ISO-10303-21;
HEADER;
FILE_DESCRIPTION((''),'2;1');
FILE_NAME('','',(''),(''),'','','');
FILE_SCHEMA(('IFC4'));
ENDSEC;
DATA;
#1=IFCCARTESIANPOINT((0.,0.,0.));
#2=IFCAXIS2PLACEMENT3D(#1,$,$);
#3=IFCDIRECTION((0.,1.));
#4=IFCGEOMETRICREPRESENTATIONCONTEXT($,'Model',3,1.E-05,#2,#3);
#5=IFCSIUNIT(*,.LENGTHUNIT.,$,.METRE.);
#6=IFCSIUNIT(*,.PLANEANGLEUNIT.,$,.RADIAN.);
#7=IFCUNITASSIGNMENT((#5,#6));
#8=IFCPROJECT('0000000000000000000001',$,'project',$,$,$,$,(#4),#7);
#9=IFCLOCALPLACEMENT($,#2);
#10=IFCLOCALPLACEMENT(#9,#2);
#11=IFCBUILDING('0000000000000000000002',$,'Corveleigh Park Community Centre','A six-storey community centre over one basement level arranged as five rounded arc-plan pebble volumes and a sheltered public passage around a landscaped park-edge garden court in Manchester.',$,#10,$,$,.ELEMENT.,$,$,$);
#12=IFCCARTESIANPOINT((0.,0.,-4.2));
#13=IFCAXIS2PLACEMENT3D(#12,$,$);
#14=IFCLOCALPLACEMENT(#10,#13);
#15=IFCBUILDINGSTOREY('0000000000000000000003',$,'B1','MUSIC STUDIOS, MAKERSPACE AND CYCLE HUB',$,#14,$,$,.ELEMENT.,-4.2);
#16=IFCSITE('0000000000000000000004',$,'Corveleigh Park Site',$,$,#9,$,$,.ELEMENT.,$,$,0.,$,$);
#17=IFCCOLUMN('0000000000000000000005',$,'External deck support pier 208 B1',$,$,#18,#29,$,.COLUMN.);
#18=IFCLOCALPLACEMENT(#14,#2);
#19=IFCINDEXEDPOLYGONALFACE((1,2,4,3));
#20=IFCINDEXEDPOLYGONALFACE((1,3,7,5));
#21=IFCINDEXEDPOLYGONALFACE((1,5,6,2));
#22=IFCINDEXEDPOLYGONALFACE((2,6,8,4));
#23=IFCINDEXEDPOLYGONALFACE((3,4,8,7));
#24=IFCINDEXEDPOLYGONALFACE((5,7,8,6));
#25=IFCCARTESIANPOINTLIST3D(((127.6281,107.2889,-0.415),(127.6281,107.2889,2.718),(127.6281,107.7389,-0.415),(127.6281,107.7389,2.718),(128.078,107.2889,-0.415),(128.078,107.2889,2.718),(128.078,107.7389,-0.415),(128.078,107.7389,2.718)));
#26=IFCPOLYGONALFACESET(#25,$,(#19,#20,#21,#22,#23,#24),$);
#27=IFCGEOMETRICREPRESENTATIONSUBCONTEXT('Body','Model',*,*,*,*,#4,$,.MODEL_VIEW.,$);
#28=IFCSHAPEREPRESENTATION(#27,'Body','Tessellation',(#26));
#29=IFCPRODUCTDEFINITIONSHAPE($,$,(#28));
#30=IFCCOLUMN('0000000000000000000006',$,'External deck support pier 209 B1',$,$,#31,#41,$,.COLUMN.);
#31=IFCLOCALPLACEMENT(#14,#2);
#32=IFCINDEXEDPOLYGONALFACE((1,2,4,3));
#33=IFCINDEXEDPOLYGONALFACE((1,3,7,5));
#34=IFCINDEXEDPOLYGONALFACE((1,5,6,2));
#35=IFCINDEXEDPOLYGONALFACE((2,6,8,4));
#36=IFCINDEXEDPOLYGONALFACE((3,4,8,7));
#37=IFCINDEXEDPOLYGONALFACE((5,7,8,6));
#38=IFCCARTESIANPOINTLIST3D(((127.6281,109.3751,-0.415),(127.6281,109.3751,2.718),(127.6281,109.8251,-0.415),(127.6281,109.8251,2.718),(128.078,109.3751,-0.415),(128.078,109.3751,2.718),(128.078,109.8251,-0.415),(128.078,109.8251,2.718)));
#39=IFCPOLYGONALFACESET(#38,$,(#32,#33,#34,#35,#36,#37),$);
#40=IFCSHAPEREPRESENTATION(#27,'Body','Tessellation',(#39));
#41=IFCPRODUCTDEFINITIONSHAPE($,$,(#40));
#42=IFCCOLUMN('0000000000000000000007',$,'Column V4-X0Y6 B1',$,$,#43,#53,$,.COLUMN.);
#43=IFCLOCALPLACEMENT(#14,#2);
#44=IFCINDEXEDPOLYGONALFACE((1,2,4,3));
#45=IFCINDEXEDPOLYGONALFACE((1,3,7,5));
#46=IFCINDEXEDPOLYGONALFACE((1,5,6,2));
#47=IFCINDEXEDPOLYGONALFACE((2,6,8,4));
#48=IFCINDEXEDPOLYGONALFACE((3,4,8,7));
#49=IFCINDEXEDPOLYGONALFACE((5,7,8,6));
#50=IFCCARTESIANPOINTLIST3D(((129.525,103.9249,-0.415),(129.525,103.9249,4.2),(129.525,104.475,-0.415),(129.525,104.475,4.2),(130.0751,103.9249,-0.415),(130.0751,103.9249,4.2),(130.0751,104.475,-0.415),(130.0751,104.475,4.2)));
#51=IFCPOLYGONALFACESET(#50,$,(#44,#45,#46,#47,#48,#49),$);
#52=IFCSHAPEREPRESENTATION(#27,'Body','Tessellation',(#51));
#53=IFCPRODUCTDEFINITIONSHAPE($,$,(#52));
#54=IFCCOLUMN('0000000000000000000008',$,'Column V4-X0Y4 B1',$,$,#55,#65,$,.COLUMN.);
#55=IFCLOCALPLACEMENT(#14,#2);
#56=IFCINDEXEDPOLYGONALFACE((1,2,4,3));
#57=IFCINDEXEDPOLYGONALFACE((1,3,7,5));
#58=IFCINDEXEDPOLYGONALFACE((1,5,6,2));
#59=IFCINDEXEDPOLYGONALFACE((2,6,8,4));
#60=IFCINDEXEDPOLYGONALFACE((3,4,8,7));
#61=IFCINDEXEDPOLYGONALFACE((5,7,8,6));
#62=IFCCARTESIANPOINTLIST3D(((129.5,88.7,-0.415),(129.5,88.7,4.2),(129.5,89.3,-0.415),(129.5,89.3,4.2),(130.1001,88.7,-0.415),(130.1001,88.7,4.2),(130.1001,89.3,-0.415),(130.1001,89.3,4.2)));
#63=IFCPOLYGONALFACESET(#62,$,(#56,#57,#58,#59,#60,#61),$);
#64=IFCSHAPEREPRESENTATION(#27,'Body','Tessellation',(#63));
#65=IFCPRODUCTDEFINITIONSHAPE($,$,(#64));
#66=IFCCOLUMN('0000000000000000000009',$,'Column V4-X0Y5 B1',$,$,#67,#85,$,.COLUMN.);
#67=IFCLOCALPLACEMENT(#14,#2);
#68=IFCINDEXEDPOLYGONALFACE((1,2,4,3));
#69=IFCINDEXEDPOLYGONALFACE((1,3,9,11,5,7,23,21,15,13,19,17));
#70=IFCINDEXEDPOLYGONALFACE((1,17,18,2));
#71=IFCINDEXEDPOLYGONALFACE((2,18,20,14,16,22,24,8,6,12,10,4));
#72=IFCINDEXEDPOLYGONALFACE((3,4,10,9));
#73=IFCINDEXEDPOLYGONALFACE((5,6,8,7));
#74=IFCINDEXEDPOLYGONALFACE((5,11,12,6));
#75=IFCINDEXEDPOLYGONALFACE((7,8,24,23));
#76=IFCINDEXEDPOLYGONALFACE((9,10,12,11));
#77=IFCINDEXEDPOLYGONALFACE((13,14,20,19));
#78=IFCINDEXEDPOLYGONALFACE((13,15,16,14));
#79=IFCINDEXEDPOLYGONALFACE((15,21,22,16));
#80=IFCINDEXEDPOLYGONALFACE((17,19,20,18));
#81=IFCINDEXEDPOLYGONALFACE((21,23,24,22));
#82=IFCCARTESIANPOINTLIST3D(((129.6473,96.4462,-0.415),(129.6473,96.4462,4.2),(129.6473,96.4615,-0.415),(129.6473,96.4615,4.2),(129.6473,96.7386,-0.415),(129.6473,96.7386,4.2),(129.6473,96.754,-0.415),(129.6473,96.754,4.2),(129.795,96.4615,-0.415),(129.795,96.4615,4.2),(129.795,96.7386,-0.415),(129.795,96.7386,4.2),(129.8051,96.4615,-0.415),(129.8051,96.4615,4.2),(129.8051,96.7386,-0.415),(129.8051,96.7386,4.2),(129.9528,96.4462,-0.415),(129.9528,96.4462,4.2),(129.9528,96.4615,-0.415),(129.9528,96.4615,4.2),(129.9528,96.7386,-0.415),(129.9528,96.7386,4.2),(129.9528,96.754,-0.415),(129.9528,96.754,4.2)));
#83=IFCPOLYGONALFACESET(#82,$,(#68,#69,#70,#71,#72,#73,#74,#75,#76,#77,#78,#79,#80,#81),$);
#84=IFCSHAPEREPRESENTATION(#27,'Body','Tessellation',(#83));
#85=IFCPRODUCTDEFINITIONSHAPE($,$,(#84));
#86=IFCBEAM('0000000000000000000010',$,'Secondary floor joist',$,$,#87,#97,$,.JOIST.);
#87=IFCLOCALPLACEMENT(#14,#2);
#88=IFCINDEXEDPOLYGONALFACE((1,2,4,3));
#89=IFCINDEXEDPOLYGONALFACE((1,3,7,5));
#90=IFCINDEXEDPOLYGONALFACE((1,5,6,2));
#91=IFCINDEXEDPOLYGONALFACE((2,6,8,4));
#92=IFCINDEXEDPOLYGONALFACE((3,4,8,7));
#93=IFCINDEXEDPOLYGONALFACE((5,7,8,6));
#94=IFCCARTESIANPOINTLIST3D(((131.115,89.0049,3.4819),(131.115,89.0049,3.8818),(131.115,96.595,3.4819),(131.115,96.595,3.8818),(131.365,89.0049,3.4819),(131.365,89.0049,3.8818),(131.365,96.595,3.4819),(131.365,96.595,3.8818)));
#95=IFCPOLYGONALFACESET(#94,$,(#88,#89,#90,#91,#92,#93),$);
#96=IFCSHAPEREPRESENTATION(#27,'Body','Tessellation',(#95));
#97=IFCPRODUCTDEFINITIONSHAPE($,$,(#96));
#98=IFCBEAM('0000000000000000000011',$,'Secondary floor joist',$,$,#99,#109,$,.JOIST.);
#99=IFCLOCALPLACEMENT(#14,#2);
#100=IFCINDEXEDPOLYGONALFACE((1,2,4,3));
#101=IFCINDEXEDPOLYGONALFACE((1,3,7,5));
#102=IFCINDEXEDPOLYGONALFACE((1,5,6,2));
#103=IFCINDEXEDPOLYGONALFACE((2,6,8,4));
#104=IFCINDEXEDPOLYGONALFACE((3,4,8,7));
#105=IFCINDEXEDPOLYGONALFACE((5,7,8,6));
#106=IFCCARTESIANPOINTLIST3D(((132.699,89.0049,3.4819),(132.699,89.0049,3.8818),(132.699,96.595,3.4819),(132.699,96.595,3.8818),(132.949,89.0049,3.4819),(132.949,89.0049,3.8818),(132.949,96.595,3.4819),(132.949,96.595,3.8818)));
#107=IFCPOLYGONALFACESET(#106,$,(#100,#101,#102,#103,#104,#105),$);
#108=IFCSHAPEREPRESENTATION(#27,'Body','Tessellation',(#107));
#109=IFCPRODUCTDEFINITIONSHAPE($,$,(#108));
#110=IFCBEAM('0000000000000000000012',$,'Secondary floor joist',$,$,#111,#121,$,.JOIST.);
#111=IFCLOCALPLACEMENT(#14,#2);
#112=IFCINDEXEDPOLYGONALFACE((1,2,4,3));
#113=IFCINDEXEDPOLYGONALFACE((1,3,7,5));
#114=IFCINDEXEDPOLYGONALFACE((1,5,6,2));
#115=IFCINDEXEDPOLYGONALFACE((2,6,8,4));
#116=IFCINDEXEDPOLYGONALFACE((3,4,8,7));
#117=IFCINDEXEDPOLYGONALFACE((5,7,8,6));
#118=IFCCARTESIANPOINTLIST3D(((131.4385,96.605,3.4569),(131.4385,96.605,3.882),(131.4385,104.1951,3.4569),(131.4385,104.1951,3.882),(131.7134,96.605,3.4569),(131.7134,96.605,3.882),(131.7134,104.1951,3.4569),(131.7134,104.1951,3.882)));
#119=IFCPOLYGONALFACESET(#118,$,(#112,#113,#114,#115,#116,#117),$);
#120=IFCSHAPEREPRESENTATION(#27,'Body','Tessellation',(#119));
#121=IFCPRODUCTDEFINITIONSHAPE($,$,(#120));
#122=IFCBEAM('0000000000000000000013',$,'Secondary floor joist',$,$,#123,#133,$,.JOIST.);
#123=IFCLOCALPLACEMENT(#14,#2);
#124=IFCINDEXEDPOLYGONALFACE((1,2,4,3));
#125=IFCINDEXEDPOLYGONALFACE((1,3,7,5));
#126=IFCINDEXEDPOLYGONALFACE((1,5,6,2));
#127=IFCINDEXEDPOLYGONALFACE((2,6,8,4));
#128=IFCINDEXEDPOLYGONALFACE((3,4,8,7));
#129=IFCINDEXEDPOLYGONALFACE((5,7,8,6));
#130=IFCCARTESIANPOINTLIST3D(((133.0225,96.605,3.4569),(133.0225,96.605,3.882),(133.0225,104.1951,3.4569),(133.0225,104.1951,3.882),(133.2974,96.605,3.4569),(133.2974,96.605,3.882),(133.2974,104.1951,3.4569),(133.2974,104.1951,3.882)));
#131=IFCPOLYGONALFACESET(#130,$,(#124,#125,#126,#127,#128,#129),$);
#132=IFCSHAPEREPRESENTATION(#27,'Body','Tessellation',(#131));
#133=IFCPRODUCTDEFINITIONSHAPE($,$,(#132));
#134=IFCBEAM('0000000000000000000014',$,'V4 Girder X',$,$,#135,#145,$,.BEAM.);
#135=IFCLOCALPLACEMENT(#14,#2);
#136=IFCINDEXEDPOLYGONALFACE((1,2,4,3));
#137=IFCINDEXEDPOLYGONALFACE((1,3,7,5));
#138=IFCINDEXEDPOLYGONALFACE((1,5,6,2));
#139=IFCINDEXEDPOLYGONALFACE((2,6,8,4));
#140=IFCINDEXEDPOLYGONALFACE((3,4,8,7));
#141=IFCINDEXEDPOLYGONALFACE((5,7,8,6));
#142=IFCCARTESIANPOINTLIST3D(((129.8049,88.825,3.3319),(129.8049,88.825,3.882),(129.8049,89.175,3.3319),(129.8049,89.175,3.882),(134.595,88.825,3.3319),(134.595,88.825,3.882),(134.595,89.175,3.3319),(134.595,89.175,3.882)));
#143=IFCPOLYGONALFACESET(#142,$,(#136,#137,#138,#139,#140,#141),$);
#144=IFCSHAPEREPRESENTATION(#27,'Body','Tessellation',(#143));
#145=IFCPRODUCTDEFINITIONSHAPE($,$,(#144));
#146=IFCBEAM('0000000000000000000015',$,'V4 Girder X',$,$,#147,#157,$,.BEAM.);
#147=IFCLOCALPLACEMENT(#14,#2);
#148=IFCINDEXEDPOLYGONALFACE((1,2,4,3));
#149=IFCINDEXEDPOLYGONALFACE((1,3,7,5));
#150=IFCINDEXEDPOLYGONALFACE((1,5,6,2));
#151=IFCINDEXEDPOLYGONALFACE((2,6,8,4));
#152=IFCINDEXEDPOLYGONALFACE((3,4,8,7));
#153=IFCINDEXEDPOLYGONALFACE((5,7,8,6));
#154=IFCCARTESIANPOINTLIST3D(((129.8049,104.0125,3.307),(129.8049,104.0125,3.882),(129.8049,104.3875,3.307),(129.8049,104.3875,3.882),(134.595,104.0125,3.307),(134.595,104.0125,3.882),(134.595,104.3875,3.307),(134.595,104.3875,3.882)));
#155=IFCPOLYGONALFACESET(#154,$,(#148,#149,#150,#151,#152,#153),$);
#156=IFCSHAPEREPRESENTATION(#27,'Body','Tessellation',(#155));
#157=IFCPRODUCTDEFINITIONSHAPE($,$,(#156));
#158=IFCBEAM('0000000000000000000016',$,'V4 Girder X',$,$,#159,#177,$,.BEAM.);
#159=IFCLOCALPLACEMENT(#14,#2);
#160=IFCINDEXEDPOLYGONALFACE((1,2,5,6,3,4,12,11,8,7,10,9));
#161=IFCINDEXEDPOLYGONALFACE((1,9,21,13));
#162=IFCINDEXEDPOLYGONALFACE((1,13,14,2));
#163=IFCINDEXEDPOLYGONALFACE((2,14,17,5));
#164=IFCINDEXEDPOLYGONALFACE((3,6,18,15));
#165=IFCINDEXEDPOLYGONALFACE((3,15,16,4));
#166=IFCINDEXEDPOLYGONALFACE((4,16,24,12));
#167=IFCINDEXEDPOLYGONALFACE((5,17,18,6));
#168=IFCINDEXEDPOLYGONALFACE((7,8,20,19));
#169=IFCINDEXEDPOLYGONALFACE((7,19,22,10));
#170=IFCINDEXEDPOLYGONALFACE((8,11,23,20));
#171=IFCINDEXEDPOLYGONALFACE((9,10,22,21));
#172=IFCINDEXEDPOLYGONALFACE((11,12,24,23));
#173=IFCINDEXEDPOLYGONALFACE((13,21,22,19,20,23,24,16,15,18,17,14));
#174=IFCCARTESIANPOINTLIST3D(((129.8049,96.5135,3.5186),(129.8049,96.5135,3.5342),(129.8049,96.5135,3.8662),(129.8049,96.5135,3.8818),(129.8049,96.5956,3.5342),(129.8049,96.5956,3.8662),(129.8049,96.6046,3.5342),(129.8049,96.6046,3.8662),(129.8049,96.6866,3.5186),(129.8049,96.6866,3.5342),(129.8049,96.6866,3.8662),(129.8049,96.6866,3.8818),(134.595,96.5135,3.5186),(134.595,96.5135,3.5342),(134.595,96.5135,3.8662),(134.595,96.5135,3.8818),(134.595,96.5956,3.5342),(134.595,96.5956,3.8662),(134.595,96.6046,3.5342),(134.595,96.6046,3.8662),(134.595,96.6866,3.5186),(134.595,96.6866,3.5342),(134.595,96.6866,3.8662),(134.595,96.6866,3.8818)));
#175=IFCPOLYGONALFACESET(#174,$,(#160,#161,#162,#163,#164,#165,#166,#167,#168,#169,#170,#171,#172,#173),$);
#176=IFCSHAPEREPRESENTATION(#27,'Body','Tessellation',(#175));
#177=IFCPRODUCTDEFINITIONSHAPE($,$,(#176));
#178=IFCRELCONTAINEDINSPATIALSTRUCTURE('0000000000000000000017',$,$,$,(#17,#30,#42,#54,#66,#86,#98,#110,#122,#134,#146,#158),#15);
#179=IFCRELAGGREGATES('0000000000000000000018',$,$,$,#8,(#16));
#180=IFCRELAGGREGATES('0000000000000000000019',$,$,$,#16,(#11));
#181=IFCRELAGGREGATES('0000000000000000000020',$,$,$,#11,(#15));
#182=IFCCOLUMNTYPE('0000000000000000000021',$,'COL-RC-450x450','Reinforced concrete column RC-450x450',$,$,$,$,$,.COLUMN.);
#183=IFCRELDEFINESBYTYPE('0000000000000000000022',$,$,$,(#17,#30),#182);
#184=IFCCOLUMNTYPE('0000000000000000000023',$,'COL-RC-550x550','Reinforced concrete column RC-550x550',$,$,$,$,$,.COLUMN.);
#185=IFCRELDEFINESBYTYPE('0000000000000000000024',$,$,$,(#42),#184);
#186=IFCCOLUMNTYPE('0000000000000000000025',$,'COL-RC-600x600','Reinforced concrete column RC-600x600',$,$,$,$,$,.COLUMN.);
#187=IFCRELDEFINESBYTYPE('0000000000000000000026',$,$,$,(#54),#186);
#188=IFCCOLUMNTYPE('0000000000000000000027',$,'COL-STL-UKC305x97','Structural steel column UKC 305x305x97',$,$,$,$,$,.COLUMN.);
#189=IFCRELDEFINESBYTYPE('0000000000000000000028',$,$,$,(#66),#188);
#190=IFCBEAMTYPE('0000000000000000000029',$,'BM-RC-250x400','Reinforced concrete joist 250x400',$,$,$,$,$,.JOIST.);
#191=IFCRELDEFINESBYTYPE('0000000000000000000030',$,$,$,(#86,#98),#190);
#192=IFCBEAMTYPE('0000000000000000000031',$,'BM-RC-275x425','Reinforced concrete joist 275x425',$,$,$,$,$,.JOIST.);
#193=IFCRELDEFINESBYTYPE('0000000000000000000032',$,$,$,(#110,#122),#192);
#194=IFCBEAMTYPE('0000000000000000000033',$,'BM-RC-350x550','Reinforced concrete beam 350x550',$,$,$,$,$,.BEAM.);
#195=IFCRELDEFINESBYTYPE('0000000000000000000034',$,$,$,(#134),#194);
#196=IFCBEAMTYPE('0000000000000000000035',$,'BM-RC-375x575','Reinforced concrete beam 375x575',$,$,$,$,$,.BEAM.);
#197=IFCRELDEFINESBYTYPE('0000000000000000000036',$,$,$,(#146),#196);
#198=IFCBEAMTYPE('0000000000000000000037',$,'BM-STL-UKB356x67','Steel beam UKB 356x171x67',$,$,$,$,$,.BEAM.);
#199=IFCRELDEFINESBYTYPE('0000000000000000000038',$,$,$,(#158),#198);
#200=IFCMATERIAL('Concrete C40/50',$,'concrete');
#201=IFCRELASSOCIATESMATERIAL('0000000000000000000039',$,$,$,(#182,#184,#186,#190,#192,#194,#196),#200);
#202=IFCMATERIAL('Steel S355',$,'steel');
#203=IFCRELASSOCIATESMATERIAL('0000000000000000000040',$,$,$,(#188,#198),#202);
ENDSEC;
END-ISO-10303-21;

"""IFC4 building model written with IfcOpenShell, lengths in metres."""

from ifc_helpers import new_model, si_unit, direction, frame, origin, origin_2d, place, context, subcontext, project, spatial, rectangle, i_section, extrude, material, material_profile, profile_set, type_object, element, save


model = new_model("IFC4")

# Units and contexts
model_context = context("Model", 3, precision=1e-05, world=origin(), true_north=direction((0.0, 1.0)))
body_context = subcontext(model_context, "Body", "Model", "MODEL_VIEW")
ifc_project = project(units=[si_unit("LENGTHUNIT", "METRE"), si_unit("PLANEANGLEUNIT", "RADIAN")], contexts=[model_context])

# Site, building, storey
site_placement = place(None, origin())
site = spatial("IfcSite", under=ifc_project, at=site_placement, Name="Corveleigh Park Site", CompositionType="ELEMENT", RefElevation=0.0)
building_placement = place(site_placement, origin())
building = spatial("IfcBuilding", under=site, at=building_placement, Name="Corveleigh Park Community Centre", Description="A six-storey community centre over one basement level arranged as five rounded arc-plan pebble volumes and a sheltered public passage around a landscaped park-edge garden court in Manchester.", CompositionType="ELEMENT")
storey_placement = place(building_placement, frame((0.0, 0.0, -4.2)))
storey = spatial("IfcBuildingStorey", under=building, at=storey_placement, Name="B1", Description="MUSIC STUDIOS, MAKERSPACE AND CYCLE HUB", CompositionType="ELEMENT", Elevation=-4.2)

# Shared definitions
ifc_material_1 = material(Name="Concrete C40/50", Category="concrete")

# Columns
ifc_material_profile_1 = material_profile(ifc_material_1, rectangle(XDim=0.45, YDim=0.45, at=origin_2d()), Name="RC-450x450", Category="concrete")
ifc_profile_set_1 = profile_set([ifc_material_profile_1], Name="Concrete C40/50")
column_type_1 = type_object("IfcColumnType", Name="COL-RC-450x450", Description="Reinforced concrete column RC-450x450", PredefinedType="COLUMN", material=ifc_profile_set_1)
for number, where, z_axis, x_axis, name in (
    (1, (127.853, 107.5139, -0.415), (0.0, 0.0, 1.0), (1.0, 0.0, 0.0), "External deck support pier 208 B1"),
    (2, (127.853, 109.6001, -0.415), (0.0, 0.0, 1.0), (1.0, 0.0, 0.0), "External deck support pier 209 B1"),
):
    element("IfcColumn", number, at=place(storey_placement, frame(where, z_axis=z_axis, x_axis=x_axis)), inside=storey, type_object=column_type_1, Name=name, PredefinedType="COLUMN", context=body_context, shape_type="SweptSolid", body=[
        extrude(rectangle(XDim=0.45, YDim=0.45, at=origin_2d()), origin(), (0.0, 0.0, 1.0), 3.1331),
    ])
ifc_material_profile_2 = material_profile(ifc_material_1, rectangle(XDim=0.55, YDim=0.55, at=origin_2d()), Name="RC-550x550", Category="concrete")
ifc_profile_set_2 = profile_set([ifc_material_profile_2], Name="Concrete C40/50")
column_type_2 = type_object("IfcColumnType", Name="COL-RC-550x550", Description="Reinforced concrete column RC-550x550", PredefinedType="COLUMN", material=ifc_profile_set_2)
column_1_placement = place(storey_placement, frame((129.8, 104.2, -0.415), z_axis=(0.0, 0.0, 1.0), x_axis=(1.0, 0.0, 0.0)))
element("IfcColumn", 3, at=column_1_placement, inside=storey, type_object=column_type_2, Name="Column V4-X0Y6 B1", PredefinedType="COLUMN", context=body_context, shape_type="SweptSolid", body=[
    extrude(rectangle(XDim=0.55, YDim=0.55, at=origin_2d()), origin(), (0.0, 0.0, 1.0), 4.615),
])
ifc_material_profile_3 = material_profile(ifc_material_1, rectangle(XDim=0.6001, YDim=0.6001, at=origin_2d()), Name="RC-600x600", Category="concrete")
ifc_profile_set_3 = profile_set([ifc_material_profile_3], Name="Concrete C40/50")
column_type_3 = type_object("IfcColumnType", Name="COL-RC-600x600", Description="Reinforced concrete column RC-600x600", PredefinedType="COLUMN", material=ifc_profile_set_3)
column_2_placement = place(storey_placement, frame((129.8, 89.0, -0.415), z_axis=(0.0, 0.0, 1.0), x_axis=(1.0, 0.0, 0.0)))
element("IfcColumn", 4, at=column_2_placement, inside=storey, type_object=column_type_3, Name="Column V4-X0Y4 B1", PredefinedType="COLUMN", context=body_context, shape_type="SweptSolid", body=[
    extrude(rectangle(XDim=0.6001, YDim=0.6001, at=origin_2d()), origin(), (0.0, 0.0, 1.0), 4.615),
])
ifc_material_2 = material(Name="Steel S355", Category="steel")
ifc_material_profile_4 = material_profile(ifc_material_2, i_section(OverallWidth=0.3054, OverallDepth=0.3079, WebThickness=0.01, FlangeThickness=0.0154, at=origin_2d()), Name="UKC 305x305x97", Category="steel")
ifc_profile_set_4 = profile_set([ifc_material_profile_4], Name="Steel S355")
column_type_4 = type_object("IfcColumnType", Name="COL-STL-UKC305x97", Description="Structural steel column UKC 305x305x97", PredefinedType="COLUMN", material=ifc_profile_set_4)
column_3_placement = place(storey_placement, frame((129.8, 96.6001, -0.415), z_axis=(0.0, 0.0, 1.0), x_axis=(1.0, 0.0, 0.0)))
element("IfcColumn", 5, at=column_3_placement, inside=storey, type_object=column_type_4, Name="Column V4-X0Y5 B1", PredefinedType="COLUMN", context=body_context, shape_type="SweptSolid", body=[
    extrude(i_section(OverallWidth=0.3054, OverallDepth=0.3079, WebThickness=0.01, FlangeThickness=0.0154, at=origin_2d()), origin(), (0.0, 0.0, 1.0), 4.615),
])

# Beams
ifc_material_profile_5 = material_profile(ifc_material_1, rectangle(XDim=0.25, YDim=0.3999, at=origin_2d()), Name="RC-250x400", Category="concrete")
ifc_profile_set_5 = profile_set([ifc_material_profile_5], Name="Concrete C40/50")
beam_type_1 = type_object("IfcBeamType", Name="BM-RC-250x400", Description="Reinforced concrete joist 250x400", PredefinedType="JOIST", material=ifc_profile_set_5)
for number, where, z_axis, x_axis, name in (
    (6, (131.24, 89.0049, 3.6819), (0.0, 1.0, 0.0), (-1.0, 0.0, 0.0), "Secondary floor joist"),
    (7, (132.824, 89.0049, 3.6819), (0.0, 1.0, 0.0), (-1.0, 0.0, 0.0), "Secondary floor joist"),
):
    element("IfcBeam", number, at=place(storey_placement, frame(where, z_axis=z_axis, x_axis=x_axis)), inside=storey, type_object=beam_type_1, Name=name, PredefinedType="JOIST", context=body_context, shape_type="SweptSolid", body=[
        extrude(rectangle(XDim=0.25, YDim=0.3999, at=origin_2d()), origin(), (0.0, 0.0, 1.0), 7.5901),
    ])
ifc_material_profile_6 = material_profile(ifc_material_1, rectangle(XDim=0.2749, YDim=0.425, at=origin_2d()), Name="RC-275x425", Category="concrete")
ifc_profile_set_6 = profile_set([ifc_material_profile_6], Name="Concrete C40/50")
beam_type_2 = type_object("IfcBeamType", Name="BM-RC-275x425", Description="Reinforced concrete joist 275x425", PredefinedType="JOIST", material=ifc_profile_set_6)
for number, where, z_axis, x_axis, name in (
    (8, (131.5759, 96.605, 3.6694), (0.0, 1.0, 0.0), (-1.0, 0.0, 0.0), "Secondary floor joist"),
    (9, (133.1599, 96.605, 3.6694), (0.0, 1.0, 0.0), (-1.0, 0.0, 0.0), "Secondary floor joist"),
):
    element("IfcBeam", number, at=place(storey_placement, frame(where, z_axis=z_axis, x_axis=x_axis)), inside=storey, type_object=beam_type_2, Name=name, PredefinedType="JOIST", context=body_context, shape_type="SweptSolid", body=[
        extrude(rectangle(XDim=0.2749, YDim=0.425, at=origin_2d()), origin(), (0.0, 0.0, 1.0), 7.5901),
    ])
ifc_material_profile_7 = material_profile(ifc_material_1, rectangle(XDim=0.3501, YDim=0.55, at=origin_2d()), Name="RC-350x550", Category="concrete")
ifc_profile_set_7 = profile_set([ifc_material_profile_7], Name="Concrete C40/50")
beam_type_3 = type_object("IfcBeamType", Name="BM-RC-350x550", Description="Reinforced concrete beam 350x550", PredefinedType="BEAM", material=ifc_profile_set_7)
beam_1_placement = place(storey_placement, frame((129.8049, 89.0, 3.6069), z_axis=(1.0, 0.0, 0.0), x_axis=(0.0, 1.0, 0.0)))
element("IfcBeam", 10, at=beam_1_placement, inside=storey, type_object=beam_type_3, Name="V4 Girder X", PredefinedType="BEAM", context=body_context, shape_type="SweptSolid", body=[
    extrude(rectangle(XDim=0.3501, YDim=0.55, at=origin_2d()), origin(), (0.0, 0.0, 1.0), 4.79),
])
ifc_material_profile_8 = material_profile(ifc_material_1, rectangle(XDim=0.375, YDim=0.575, at=origin_2d()), Name="RC-375x575", Category="concrete")
ifc_profile_set_8 = profile_set([ifc_material_profile_8], Name="Concrete C40/50")
beam_type_4 = type_object("IfcBeamType", Name="BM-RC-375x575", Description="Reinforced concrete beam 375x575", PredefinedType="BEAM", material=ifc_profile_set_8)
beam_2_placement = place(storey_placement, frame((129.8049, 104.2, 3.5945), z_axis=(1.0, 0.0, 0.0), x_axis=(0.0, 1.0, 0.0)))
element("IfcBeam", 11, at=beam_2_placement, inside=storey, type_object=beam_type_4, Name="V4 Girder X", PredefinedType="BEAM", context=body_context, shape_type="SweptSolid", body=[
    extrude(rectangle(XDim=0.375, YDim=0.575, at=origin_2d()), origin(), (0.0, 0.0, 1.0), 4.79),
])
ifc_material_profile_9 = material_profile(ifc_material_2, i_section(OverallWidth=0.1731, OverallDepth=0.3633, WebThickness=0.009, FlangeThickness=0.0156, at=origin_2d()), Name="UKB 356x171x67", Category="steel")
ifc_profile_set_9 = profile_set([ifc_material_profile_9], Name="Steel S355")
beam_type_5 = type_object("IfcBeamType", Name="BM-STL-UKB356x67", Description="Steel beam UKB 356x171x67", PredefinedType="BEAM", material=ifc_profile_set_9)
beam_3_placement = place(storey_placement, frame((129.8049, 96.6001, 3.7002), z_axis=(1.0, 0.0, 0.0), x_axis=(0.0, 1.0, 0.0)))
element("IfcBeam", 12, at=beam_3_placement, inside=storey, type_object=beam_type_5, Name="V4 Girder X", PredefinedType="BEAM", context=body_context, shape_type="SweptSolid", body=[
    extrude(i_section(OverallWidth=0.1731, OverallDepth=0.3633, WebThickness=0.009, FlangeThickness=0.0156, at=origin_2d()), origin(), (0.0, 0.0, 1.0), 4.79),
])

save(model, "model.ifc")
